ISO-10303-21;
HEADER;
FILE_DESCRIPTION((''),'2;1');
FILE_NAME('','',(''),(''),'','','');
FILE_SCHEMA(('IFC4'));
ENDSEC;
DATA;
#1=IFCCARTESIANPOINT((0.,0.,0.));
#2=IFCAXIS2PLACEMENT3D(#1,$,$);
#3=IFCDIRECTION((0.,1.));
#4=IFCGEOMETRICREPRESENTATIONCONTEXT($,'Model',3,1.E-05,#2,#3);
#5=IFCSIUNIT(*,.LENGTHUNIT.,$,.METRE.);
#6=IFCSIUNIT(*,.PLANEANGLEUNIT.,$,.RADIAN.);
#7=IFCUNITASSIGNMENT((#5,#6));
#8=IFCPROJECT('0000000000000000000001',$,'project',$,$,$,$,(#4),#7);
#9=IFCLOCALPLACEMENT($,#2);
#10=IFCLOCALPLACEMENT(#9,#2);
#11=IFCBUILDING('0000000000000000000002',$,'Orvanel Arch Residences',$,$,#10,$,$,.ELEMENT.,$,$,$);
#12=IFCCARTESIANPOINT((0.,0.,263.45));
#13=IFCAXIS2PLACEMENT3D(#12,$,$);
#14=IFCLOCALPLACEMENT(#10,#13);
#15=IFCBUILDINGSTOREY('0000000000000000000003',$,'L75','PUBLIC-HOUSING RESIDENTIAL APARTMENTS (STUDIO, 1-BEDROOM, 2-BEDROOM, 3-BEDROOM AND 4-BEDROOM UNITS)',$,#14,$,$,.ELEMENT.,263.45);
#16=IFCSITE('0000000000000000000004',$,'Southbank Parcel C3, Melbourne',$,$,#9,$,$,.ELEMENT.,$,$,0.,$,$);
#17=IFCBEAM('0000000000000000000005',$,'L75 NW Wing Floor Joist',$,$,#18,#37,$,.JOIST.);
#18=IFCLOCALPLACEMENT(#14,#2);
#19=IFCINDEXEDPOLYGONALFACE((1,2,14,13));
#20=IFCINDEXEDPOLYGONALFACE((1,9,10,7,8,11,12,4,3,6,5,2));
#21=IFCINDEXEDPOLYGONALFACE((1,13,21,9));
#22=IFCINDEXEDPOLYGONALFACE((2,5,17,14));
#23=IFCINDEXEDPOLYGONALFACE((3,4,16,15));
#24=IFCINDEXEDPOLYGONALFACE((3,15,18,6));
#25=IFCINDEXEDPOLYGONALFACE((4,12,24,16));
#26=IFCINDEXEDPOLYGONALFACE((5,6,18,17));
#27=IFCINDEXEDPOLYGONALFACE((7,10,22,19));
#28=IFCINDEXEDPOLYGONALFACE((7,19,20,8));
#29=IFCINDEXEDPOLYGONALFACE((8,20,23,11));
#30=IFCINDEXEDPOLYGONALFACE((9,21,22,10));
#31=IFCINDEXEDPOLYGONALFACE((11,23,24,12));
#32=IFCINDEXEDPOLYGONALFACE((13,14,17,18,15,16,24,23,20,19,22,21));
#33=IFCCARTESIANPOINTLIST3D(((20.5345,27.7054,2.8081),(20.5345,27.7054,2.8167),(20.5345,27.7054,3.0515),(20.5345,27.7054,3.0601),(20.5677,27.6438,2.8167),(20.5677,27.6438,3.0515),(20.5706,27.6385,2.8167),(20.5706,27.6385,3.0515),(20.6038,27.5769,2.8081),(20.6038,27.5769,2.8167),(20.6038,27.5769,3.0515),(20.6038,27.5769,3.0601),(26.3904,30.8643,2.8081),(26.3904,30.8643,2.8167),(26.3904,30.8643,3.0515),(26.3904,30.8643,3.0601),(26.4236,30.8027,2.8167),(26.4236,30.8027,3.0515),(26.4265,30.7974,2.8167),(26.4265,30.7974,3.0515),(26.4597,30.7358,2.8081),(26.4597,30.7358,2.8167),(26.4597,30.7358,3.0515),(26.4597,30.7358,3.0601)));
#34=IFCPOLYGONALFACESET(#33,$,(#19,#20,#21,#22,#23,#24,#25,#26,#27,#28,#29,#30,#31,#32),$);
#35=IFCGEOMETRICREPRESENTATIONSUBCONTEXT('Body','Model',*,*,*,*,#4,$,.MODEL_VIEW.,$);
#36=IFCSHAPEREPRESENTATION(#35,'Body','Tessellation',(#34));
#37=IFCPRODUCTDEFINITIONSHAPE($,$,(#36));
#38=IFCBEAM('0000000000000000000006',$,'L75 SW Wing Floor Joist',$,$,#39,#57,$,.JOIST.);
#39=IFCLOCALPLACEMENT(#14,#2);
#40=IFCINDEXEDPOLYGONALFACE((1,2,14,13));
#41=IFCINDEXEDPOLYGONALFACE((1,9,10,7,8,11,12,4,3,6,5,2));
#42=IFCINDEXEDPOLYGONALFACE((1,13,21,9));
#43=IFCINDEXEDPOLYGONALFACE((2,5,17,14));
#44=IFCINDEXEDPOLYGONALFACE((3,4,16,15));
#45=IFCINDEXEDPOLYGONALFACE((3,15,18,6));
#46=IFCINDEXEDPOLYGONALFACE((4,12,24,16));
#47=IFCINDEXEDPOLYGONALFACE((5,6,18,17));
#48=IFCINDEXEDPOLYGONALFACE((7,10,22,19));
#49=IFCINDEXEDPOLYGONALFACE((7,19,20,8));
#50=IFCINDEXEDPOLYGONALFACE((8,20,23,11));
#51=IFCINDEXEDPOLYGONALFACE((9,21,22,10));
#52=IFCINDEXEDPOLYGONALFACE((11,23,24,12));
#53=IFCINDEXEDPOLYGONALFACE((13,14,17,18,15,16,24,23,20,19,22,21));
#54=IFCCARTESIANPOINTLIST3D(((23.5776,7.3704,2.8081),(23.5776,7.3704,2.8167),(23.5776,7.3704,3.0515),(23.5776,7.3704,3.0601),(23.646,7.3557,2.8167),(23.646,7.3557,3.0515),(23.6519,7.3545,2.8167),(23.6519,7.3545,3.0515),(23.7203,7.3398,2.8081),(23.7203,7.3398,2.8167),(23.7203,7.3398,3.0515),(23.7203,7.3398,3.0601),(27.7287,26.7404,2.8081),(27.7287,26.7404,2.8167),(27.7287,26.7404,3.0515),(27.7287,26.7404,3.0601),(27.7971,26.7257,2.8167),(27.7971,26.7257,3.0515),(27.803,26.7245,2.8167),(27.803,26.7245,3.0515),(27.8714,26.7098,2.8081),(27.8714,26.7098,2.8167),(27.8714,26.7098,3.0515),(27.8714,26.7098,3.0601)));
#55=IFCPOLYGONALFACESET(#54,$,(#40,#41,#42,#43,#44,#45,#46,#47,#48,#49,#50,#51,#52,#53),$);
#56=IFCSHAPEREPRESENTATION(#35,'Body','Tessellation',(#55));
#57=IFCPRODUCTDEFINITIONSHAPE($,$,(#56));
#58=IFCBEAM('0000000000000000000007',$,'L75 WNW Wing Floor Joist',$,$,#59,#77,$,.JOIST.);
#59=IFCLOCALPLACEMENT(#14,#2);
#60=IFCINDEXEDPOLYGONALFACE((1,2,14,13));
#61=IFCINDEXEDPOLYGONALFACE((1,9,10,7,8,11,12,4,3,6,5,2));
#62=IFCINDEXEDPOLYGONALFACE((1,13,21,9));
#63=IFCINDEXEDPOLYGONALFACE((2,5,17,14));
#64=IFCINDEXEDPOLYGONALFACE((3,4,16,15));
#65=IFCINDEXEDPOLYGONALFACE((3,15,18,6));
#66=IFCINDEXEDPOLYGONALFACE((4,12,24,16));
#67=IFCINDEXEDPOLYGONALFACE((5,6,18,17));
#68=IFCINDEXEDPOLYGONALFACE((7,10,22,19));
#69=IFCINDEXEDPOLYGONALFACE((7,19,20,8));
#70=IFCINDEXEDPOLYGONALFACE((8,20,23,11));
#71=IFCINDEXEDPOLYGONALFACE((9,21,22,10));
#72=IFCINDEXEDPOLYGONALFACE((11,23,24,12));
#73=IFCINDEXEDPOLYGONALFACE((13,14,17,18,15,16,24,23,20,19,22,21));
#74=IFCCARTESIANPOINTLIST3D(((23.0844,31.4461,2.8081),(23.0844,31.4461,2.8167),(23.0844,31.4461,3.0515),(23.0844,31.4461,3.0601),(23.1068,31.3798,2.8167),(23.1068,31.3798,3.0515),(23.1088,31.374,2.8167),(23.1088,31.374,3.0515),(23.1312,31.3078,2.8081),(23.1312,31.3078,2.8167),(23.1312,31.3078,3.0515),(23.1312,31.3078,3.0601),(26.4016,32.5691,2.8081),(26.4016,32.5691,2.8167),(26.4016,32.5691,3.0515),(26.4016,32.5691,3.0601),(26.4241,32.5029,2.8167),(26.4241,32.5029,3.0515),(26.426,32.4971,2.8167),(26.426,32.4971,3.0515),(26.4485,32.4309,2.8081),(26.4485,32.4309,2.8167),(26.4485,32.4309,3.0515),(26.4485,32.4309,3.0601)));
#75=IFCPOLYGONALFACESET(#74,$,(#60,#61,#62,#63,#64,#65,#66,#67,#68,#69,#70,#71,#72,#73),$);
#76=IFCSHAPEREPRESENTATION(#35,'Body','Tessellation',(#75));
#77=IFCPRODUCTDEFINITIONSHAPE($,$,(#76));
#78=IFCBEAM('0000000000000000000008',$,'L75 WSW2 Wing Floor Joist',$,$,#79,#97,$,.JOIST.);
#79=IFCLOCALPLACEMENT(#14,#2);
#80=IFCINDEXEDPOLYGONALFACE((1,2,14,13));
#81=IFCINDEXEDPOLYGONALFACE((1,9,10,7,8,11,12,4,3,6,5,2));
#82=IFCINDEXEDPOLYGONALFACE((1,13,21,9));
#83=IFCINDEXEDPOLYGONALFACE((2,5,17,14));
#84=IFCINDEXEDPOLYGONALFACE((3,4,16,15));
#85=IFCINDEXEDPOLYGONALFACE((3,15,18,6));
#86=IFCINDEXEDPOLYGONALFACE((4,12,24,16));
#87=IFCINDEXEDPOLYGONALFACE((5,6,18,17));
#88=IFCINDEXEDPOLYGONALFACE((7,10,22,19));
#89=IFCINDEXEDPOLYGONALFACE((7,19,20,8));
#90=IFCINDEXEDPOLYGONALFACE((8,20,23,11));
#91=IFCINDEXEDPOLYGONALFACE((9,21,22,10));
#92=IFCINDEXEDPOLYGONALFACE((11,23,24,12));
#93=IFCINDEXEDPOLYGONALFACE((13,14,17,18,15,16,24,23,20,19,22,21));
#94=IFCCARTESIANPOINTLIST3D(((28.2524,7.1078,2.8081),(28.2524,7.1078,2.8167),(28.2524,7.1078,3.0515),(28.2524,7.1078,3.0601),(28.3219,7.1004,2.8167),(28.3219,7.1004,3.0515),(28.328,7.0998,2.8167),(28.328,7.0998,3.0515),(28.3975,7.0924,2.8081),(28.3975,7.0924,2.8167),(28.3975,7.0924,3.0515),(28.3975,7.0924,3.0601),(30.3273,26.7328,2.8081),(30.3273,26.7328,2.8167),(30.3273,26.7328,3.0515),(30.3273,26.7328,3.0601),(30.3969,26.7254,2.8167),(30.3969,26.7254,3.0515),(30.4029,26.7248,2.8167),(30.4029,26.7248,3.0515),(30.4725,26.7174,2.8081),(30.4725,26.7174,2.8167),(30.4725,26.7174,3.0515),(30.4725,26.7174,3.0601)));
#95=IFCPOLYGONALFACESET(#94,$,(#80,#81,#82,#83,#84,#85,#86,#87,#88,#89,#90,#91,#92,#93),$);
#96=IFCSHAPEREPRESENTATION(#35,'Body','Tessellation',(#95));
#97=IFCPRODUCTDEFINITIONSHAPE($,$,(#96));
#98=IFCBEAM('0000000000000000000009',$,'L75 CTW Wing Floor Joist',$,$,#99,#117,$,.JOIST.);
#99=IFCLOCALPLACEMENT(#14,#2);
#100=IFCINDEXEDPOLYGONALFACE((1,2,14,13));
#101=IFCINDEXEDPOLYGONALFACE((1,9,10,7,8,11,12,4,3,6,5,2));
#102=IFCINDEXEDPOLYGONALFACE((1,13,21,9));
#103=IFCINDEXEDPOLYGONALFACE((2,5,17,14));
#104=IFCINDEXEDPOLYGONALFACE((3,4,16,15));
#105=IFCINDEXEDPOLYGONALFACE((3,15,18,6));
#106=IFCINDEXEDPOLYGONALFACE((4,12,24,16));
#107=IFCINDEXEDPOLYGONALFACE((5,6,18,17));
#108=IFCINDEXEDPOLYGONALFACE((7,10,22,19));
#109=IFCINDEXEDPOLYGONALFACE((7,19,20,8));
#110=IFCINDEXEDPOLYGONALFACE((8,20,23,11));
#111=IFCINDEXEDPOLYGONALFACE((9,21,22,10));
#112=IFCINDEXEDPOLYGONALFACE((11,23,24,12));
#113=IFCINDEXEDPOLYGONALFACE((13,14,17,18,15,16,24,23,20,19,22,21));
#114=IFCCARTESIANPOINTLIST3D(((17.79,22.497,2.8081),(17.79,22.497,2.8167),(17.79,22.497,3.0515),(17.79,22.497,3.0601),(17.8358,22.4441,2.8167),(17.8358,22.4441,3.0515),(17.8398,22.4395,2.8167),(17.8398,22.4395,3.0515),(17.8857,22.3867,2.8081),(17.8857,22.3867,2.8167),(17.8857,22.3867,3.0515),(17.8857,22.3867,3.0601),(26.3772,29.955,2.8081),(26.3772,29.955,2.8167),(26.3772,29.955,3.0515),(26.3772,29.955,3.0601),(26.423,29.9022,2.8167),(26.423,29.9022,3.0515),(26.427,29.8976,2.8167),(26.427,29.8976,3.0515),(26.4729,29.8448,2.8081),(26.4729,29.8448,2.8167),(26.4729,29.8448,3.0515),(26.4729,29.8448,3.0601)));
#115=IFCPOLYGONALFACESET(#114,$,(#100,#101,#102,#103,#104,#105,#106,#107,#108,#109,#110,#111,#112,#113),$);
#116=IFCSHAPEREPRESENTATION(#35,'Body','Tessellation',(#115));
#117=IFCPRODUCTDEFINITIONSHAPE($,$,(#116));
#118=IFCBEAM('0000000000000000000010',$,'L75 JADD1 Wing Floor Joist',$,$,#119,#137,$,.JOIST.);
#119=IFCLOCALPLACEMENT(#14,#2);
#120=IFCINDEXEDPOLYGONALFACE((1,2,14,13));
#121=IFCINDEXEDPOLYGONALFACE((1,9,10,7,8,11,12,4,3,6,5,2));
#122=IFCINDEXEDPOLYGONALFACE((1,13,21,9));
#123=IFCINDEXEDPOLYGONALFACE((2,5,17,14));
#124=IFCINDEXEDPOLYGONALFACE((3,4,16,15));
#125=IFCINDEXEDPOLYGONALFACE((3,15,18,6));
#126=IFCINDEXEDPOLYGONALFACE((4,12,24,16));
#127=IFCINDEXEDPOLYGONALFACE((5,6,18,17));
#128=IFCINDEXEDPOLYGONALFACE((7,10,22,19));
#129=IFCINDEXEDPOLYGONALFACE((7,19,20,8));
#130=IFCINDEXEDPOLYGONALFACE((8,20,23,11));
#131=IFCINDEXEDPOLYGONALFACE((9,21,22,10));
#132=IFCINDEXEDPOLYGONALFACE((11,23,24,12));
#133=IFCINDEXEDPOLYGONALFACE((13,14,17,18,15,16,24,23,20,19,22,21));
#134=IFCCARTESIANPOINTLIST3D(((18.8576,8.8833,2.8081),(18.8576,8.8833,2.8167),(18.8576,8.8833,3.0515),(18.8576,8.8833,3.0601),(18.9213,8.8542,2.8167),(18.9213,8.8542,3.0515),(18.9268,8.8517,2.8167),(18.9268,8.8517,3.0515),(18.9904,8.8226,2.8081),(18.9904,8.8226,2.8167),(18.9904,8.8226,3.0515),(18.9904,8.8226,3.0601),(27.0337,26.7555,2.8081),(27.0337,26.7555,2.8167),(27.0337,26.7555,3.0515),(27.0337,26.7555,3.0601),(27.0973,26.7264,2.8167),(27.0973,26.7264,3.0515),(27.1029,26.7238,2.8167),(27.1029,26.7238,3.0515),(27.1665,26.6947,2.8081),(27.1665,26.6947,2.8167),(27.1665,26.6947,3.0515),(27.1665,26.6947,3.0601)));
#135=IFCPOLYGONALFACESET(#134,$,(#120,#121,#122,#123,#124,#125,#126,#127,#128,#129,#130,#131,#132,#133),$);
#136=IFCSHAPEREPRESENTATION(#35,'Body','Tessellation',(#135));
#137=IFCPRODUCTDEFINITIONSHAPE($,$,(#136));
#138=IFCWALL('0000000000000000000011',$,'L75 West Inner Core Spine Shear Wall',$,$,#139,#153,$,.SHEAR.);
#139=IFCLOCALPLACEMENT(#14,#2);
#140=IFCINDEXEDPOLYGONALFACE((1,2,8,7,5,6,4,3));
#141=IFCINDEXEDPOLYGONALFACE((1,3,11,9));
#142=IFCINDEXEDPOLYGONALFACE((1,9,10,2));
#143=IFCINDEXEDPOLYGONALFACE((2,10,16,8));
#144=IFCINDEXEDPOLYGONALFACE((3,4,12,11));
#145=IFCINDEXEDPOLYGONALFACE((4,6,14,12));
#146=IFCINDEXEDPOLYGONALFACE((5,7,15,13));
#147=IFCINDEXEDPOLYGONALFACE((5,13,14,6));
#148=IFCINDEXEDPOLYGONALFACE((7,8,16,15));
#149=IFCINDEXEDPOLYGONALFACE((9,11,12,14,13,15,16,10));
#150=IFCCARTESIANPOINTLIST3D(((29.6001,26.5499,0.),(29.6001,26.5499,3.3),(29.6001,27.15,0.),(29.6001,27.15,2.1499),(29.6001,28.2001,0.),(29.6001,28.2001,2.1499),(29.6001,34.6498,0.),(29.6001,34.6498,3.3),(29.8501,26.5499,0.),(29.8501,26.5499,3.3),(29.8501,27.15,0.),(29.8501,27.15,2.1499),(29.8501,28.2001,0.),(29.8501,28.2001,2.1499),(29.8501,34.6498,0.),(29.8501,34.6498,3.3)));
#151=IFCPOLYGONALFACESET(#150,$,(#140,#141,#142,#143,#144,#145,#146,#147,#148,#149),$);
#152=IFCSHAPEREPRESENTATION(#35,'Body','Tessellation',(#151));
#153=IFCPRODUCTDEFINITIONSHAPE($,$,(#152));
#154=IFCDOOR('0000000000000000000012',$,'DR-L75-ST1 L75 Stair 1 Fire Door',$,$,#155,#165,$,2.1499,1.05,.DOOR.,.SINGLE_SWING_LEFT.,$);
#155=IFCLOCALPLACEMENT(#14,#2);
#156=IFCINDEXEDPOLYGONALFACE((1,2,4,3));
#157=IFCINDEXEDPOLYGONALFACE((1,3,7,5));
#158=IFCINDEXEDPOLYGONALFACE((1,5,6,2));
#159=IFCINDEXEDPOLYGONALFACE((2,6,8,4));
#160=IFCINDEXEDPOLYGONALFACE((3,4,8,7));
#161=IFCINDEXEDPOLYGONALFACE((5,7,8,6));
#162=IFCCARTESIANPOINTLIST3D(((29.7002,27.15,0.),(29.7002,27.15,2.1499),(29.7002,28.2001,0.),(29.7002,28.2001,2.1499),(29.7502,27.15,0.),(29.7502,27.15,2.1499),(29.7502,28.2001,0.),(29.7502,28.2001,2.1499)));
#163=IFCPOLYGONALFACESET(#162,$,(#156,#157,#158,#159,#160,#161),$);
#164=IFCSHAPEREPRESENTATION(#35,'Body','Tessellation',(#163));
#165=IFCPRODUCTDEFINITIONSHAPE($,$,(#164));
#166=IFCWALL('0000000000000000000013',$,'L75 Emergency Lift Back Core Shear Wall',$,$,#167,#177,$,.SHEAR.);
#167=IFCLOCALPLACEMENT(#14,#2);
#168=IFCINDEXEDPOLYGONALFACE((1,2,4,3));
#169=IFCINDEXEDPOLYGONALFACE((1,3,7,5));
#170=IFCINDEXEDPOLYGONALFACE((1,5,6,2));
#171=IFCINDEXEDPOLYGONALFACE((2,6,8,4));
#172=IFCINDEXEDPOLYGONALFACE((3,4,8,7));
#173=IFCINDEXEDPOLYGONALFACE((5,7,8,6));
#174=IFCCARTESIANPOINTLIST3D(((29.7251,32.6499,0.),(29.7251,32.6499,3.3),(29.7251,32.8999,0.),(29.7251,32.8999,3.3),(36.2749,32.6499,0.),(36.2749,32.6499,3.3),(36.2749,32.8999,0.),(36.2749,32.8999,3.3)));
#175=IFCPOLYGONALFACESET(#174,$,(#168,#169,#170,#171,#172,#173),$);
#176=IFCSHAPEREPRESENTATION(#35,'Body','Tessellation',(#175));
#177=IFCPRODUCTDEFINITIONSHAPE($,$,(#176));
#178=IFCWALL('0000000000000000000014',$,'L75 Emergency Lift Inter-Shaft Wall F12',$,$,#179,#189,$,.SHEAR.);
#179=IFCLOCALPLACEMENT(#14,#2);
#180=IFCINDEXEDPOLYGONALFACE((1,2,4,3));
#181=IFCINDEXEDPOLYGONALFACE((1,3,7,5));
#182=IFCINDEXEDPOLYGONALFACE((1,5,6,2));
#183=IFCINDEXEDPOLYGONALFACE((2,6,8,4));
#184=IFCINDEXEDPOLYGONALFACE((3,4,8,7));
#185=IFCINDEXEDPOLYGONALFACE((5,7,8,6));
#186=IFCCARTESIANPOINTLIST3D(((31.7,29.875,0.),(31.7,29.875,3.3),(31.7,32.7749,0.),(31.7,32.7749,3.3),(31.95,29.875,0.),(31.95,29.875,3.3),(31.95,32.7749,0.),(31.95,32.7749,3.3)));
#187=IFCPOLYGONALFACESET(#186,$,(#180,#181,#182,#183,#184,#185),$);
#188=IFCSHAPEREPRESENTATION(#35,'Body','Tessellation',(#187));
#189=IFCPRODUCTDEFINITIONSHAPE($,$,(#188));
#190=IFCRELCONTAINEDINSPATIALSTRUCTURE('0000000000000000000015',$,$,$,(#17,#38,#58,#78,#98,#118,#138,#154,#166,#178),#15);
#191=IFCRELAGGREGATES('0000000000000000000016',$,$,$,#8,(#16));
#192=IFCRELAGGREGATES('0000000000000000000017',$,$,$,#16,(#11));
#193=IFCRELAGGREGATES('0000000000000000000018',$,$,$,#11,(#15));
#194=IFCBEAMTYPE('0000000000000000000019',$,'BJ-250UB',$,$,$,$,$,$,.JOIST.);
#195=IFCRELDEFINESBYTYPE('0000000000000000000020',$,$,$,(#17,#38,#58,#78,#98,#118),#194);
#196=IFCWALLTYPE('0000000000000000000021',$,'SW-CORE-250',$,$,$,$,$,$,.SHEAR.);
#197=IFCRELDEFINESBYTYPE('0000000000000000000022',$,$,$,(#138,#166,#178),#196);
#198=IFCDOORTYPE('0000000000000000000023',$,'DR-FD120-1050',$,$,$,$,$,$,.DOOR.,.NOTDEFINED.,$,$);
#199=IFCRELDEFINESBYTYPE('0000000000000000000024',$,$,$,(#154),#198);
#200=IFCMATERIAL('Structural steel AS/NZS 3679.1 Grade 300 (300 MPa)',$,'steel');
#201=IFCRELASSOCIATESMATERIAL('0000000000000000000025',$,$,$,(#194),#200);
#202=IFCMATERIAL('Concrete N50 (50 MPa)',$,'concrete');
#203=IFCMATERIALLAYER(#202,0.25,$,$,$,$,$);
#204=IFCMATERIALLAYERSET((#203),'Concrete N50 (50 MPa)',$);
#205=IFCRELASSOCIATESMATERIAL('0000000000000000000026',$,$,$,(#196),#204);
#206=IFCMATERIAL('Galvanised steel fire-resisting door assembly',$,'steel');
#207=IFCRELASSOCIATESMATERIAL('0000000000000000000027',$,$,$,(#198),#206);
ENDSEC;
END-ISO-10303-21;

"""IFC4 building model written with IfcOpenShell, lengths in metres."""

from ifc_helpers import new_model, si_unit, direction, frame, frame_2d, origin, origin_2d, place, context, subcontext, project, spatial, rectangle, i_section, extrude, material, layer, layer_set, material_profile, profile_set, type_object, element, fill, save


model = new_model("IFC4")

# Units and contexts
model_context = context("Model", 3, precision=1e-05, world=origin(), true_north=direction((0.0, 1.0)))
body_context = subcontext(model_context, "Body", "Model", "MODEL_VIEW")
ifc_project = project(units=[si_unit("LENGTHUNIT", "METRE"), si_unit("PLANEANGLEUNIT", "RADIAN")], contexts=[model_context])

# Site, building, storey
site_placement = place(None, origin())
site = spatial("IfcSite", under=ifc_project, at=site_placement, Name="Southbank Parcel C3, Melbourne", CompositionType="ELEMENT", RefElevation=0.0)
building_placement = place(site_placement, origin())
building = spatial("IfcBuilding", under=site, at=building_placement, Name="Orvanel Arch Residences", CompositionType="ELEMENT")
storey_placement = place(building_placement, frame((0.0, 0.0, 263.45)))
storey = spatial("IfcBuildingStorey", under=building, at=storey_placement, Name="L75", Description="PUBLIC-HOUSING RESIDENTIAL APARTMENTS (STUDIO, 1-BEDROOM, 2-BEDROOM, 3-BEDROOM AND 4-BEDROOM UNITS)", CompositionType="ELEMENT", Elevation=263.45)

# Beams
ifc_material_1 = material(Name="Structural steel AS/NZS 3679.1 Grade 300 (300 MPa)", Category="steel")
ifc_material_profile = material_profile(ifc_material_1, i_section(OverallWidth=0.146, OverallDepth=0.252, WebThickness=0.0061, FlangeThickness=0.0085, at=origin_2d()), Name="250UB31.4")
ifc_profile_set = profile_set([ifc_material_profile], Name="Structural steel AS/NZS 3679.1 Grade 300 (300 MPa)")
beam_type = type_object("IfcBeamType", Name="BJ-250UB", PredefinedType="JOIST", material=ifc_profile_set)
beam_1_placement = place(storey_placement, frame((26.425, 30.8, 2.9341), z_axis=(-0.880111, -0.474767, 0.0), x_axis=(0.474767, -0.880111, 0.0)))
element("IfcBeam", 1, at=beam_1_placement, inside=storey, type_object=beam_type, Name="L75 NW Wing Floor Joist", PredefinedType="JOIST", context=body_context, shape_type="SweptSolid", body=[
    extrude(i_section(OverallWidth=0.146, OverallDepth=0.252, WebThickness=0.0061, FlangeThickness=0.0085, at=origin_2d()), origin(), (0.0, 0.0, 1.0), 6.6536),
])
beam_2_placement = place(storey_placement, frame((27.8, 26.7251, 2.9341), z_axis=(-0.209548, -0.977798, 0.0), x_axis=(0.977798, -0.209548, 0.0)))
element("IfcBeam", 2, at=beam_2_placement, inside=storey, type_object=beam_type, Name="L75 SW Wing Floor Joist", PredefinedType="JOIST", context=body_context, shape_type="SweptSolid", body=[
    extrude(i_section(OverallWidth=0.146, OverallDepth=0.252, WebThickness=0.0061, FlangeThickness=0.0085, at=origin_2d()), origin(), (0.0, 0.0, 1.0), 19.8098),
])
beam_3_placement = place(storey_placement, frame((26.425, 32.5, 2.9341), z_axis=(-0.947188, -0.320679, 0.0), x_axis=(0.320679, -0.947188, 0.0)))
element("IfcBeam", 3, at=beam_3_placement, inside=storey, type_object=beam_type, Name="L75 WNW Wing Floor Joist", PredefinedType="JOIST", context=body_context, shape_type="SweptSolid", body=[
    extrude(i_section(OverallWidth=0.146, OverallDepth=0.252, WebThickness=0.0061, FlangeThickness=0.0085, at=origin_2d()), origin(), (0.0, 0.0, 1.0), 3.5022),
])
beam_4_placement = place(storey_placement, frame((30.3999, 26.7251, 2.9341), z_axis=(-0.105144, -0.994457, 0.0), x_axis=(0.994457, -0.105144, 0.0)))
element("IfcBeam", 4, at=beam_4_placement, inside=storey, type_object=beam_type, Name="L75 WSW2 Wing Floor Joist", PredefinedType="JOIST", context=body_context, shape_type="SweptSolid", body=[
    extrude(i_section(OverallWidth=0.146, OverallDepth=0.252, WebThickness=0.0061, FlangeThickness=0.0085, at=origin_2d()), origin(), (0.0, 0.0, 1.0), 19.7344),
])
beam_5_placement = place(storey_placement, frame((26.425, 29.8999, 2.9341), z_axis=(-0.755001, -0.655724, 0.0), x_axis=(0.655724, -0.755001, 0.0)))
element("IfcBeam", 5, at=beam_5_placement, inside=storey, type_object=beam_type, Name="L75 CTW Wing Floor Joist", PredefinedType="JOIST", context=body_context, shape_type="SweptSolid", body=[
    extrude(i_section(OverallWidth=0.146, OverallDepth=0.252, WebThickness=0.0061, FlangeThickness=0.0085, at=origin_2d()), origin(), (0.0, 0.0, 1.0), 11.3738),
])
beam_6_placement = place(storey_placement, frame((27.1001, 26.7251, 2.9341), z_axis=(-0.41601, -0.90936, 0.0), x_axis=(0.90936, -0.41601, 0.0)))
element("IfcBeam", 6, at=beam_6_placement, inside=storey, type_object=beam_type, Name="L75 JADD1 Wing Floor Joist", PredefinedType="JOIST", context=body_context, shape_type="SweptSolid", body=[
    extrude(i_section(OverallWidth=0.146, OverallDepth=0.252, WebThickness=0.0061, FlangeThickness=0.0085, at=origin_2d()), origin(), (0.0, 0.0, 1.0), 19.6536),
])

# Wall, opening, door
ifc_material_2 = material(Name="Concrete N50 (50 MPa)", Category="concrete")
ifc_layer = layer(ifc_material_2, 0.25)
ifc_layer_set = layer_set([ifc_layer], Name="Concrete N50 (50 MPa)")
wall_type = type_object("IfcWallType", Name="SW-CORE-250", PredefinedType="SHEAR", material=ifc_layer_set)
wall_1_placement = place(storey_placement, frame((29.7251, 26.55, 0.0), z_axis=(0.0, 0.0, 1.0), x_axis=(0.0, 1.0, 0.0)))
wall_1 = element("IfcWall", 7, at=wall_1_placement, inside=storey, type_object=wall_type, Name="L75 West Inner Core Spine Shear Wall", PredefinedType="SHEAR", context=body_context, shape_type="SweptSolid", body=[
    extrude(rectangle(XDim=8.0999, YDim=0.25, at=frame_2d((4.0498, 0.0))), origin(), (0.0, 0.0, 1.0), 3.3),
])
opening_placement = place(wall_1_placement, frame((0.6001, 0.0, 0.0)))
opening = element("IfcOpeningElement", 8, at=opening_placement, cuts=wall_1, PredefinedType="OPENING", context=body_context, shape_type="SweptSolid", body=[
    extrude(rectangle(XDim=1.05, YDim=2.1499, at=frame_2d((0.5249, 1.075))), frame((0.0, 0.135, 0.0), z_axis=(0.0, -1.0, 0.0), x_axis=(1.0, 0.0, 0.0)), (0.0, 0.0, 1.0), 0.27),
])
ifc_material_3 = material(Name="Galvanised steel fire-resisting door assembly", Category="steel")
door_type = type_object("IfcDoorType", Name="DR-FD120-1050", OperationType="NOTDEFINED", PredefinedType="DOOR", material=ifc_material_3)
door_placement = place(opening_placement, origin())
door = element("IfcDoor", 9, at=door_placement, inside=storey, type_object=door_type, Name="DR-L75-ST1 L75 Stair 1 Fire Door", OperationType="SINGLE_SWING_LEFT", OverallHeight=2.1499, OverallWidth=1.05, PredefinedType="DOOR", context=body_context, shape_type="SweptSolid", body=[
    extrude(rectangle(XDim=1.05, YDim=2.1499, at=frame_2d((0.5249, 1.075))), frame((0.0, 0.0249, 0.0), z_axis=(0.0, -1.0, 0.0), x_axis=(1.0, 0.0, 0.0)), (0.0, 0.0, 1.0), 0.05),
])
fill(opening, door)

# Walls
wall_2_placement = place(storey_placement, frame((29.7251, 32.7749, 0.0), z_axis=(0.0, 0.0, 1.0), x_axis=(1.0, 0.0, 0.0)))
element("IfcWall", 10, at=wall_2_placement, inside=storey, type_object=wall_type, Name="L75 Emergency Lift Back Core Shear Wall", PredefinedType="SHEAR", context=body_context, shape_type="SweptSolid", body=[
    extrude(rectangle(XDim=6.5498, YDim=0.25, at=frame_2d((3.2749, 0.0))), origin(), (0.0, 0.0, 1.0), 3.3),
])
wall_3_placement = place(storey_placement, frame((31.825, 29.875, 0.0), z_axis=(0.0, 0.0, 1.0), x_axis=(0.0, 1.0, 0.0)))
element("IfcWall", 11, at=wall_3_placement, inside=storey, type_object=wall_type, Name="L75 Emergency Lift Inter-Shaft Wall F12", PredefinedType="SHEAR", context=body_context, shape_type="SweptSolid", body=[
    extrude(rectangle(XDim=2.8999, YDim=0.25, at=frame_2d((1.45, 0.0))), origin(), (0.0, 0.0, 1.0), 3.3),
])

save(model, "model.ifc")
